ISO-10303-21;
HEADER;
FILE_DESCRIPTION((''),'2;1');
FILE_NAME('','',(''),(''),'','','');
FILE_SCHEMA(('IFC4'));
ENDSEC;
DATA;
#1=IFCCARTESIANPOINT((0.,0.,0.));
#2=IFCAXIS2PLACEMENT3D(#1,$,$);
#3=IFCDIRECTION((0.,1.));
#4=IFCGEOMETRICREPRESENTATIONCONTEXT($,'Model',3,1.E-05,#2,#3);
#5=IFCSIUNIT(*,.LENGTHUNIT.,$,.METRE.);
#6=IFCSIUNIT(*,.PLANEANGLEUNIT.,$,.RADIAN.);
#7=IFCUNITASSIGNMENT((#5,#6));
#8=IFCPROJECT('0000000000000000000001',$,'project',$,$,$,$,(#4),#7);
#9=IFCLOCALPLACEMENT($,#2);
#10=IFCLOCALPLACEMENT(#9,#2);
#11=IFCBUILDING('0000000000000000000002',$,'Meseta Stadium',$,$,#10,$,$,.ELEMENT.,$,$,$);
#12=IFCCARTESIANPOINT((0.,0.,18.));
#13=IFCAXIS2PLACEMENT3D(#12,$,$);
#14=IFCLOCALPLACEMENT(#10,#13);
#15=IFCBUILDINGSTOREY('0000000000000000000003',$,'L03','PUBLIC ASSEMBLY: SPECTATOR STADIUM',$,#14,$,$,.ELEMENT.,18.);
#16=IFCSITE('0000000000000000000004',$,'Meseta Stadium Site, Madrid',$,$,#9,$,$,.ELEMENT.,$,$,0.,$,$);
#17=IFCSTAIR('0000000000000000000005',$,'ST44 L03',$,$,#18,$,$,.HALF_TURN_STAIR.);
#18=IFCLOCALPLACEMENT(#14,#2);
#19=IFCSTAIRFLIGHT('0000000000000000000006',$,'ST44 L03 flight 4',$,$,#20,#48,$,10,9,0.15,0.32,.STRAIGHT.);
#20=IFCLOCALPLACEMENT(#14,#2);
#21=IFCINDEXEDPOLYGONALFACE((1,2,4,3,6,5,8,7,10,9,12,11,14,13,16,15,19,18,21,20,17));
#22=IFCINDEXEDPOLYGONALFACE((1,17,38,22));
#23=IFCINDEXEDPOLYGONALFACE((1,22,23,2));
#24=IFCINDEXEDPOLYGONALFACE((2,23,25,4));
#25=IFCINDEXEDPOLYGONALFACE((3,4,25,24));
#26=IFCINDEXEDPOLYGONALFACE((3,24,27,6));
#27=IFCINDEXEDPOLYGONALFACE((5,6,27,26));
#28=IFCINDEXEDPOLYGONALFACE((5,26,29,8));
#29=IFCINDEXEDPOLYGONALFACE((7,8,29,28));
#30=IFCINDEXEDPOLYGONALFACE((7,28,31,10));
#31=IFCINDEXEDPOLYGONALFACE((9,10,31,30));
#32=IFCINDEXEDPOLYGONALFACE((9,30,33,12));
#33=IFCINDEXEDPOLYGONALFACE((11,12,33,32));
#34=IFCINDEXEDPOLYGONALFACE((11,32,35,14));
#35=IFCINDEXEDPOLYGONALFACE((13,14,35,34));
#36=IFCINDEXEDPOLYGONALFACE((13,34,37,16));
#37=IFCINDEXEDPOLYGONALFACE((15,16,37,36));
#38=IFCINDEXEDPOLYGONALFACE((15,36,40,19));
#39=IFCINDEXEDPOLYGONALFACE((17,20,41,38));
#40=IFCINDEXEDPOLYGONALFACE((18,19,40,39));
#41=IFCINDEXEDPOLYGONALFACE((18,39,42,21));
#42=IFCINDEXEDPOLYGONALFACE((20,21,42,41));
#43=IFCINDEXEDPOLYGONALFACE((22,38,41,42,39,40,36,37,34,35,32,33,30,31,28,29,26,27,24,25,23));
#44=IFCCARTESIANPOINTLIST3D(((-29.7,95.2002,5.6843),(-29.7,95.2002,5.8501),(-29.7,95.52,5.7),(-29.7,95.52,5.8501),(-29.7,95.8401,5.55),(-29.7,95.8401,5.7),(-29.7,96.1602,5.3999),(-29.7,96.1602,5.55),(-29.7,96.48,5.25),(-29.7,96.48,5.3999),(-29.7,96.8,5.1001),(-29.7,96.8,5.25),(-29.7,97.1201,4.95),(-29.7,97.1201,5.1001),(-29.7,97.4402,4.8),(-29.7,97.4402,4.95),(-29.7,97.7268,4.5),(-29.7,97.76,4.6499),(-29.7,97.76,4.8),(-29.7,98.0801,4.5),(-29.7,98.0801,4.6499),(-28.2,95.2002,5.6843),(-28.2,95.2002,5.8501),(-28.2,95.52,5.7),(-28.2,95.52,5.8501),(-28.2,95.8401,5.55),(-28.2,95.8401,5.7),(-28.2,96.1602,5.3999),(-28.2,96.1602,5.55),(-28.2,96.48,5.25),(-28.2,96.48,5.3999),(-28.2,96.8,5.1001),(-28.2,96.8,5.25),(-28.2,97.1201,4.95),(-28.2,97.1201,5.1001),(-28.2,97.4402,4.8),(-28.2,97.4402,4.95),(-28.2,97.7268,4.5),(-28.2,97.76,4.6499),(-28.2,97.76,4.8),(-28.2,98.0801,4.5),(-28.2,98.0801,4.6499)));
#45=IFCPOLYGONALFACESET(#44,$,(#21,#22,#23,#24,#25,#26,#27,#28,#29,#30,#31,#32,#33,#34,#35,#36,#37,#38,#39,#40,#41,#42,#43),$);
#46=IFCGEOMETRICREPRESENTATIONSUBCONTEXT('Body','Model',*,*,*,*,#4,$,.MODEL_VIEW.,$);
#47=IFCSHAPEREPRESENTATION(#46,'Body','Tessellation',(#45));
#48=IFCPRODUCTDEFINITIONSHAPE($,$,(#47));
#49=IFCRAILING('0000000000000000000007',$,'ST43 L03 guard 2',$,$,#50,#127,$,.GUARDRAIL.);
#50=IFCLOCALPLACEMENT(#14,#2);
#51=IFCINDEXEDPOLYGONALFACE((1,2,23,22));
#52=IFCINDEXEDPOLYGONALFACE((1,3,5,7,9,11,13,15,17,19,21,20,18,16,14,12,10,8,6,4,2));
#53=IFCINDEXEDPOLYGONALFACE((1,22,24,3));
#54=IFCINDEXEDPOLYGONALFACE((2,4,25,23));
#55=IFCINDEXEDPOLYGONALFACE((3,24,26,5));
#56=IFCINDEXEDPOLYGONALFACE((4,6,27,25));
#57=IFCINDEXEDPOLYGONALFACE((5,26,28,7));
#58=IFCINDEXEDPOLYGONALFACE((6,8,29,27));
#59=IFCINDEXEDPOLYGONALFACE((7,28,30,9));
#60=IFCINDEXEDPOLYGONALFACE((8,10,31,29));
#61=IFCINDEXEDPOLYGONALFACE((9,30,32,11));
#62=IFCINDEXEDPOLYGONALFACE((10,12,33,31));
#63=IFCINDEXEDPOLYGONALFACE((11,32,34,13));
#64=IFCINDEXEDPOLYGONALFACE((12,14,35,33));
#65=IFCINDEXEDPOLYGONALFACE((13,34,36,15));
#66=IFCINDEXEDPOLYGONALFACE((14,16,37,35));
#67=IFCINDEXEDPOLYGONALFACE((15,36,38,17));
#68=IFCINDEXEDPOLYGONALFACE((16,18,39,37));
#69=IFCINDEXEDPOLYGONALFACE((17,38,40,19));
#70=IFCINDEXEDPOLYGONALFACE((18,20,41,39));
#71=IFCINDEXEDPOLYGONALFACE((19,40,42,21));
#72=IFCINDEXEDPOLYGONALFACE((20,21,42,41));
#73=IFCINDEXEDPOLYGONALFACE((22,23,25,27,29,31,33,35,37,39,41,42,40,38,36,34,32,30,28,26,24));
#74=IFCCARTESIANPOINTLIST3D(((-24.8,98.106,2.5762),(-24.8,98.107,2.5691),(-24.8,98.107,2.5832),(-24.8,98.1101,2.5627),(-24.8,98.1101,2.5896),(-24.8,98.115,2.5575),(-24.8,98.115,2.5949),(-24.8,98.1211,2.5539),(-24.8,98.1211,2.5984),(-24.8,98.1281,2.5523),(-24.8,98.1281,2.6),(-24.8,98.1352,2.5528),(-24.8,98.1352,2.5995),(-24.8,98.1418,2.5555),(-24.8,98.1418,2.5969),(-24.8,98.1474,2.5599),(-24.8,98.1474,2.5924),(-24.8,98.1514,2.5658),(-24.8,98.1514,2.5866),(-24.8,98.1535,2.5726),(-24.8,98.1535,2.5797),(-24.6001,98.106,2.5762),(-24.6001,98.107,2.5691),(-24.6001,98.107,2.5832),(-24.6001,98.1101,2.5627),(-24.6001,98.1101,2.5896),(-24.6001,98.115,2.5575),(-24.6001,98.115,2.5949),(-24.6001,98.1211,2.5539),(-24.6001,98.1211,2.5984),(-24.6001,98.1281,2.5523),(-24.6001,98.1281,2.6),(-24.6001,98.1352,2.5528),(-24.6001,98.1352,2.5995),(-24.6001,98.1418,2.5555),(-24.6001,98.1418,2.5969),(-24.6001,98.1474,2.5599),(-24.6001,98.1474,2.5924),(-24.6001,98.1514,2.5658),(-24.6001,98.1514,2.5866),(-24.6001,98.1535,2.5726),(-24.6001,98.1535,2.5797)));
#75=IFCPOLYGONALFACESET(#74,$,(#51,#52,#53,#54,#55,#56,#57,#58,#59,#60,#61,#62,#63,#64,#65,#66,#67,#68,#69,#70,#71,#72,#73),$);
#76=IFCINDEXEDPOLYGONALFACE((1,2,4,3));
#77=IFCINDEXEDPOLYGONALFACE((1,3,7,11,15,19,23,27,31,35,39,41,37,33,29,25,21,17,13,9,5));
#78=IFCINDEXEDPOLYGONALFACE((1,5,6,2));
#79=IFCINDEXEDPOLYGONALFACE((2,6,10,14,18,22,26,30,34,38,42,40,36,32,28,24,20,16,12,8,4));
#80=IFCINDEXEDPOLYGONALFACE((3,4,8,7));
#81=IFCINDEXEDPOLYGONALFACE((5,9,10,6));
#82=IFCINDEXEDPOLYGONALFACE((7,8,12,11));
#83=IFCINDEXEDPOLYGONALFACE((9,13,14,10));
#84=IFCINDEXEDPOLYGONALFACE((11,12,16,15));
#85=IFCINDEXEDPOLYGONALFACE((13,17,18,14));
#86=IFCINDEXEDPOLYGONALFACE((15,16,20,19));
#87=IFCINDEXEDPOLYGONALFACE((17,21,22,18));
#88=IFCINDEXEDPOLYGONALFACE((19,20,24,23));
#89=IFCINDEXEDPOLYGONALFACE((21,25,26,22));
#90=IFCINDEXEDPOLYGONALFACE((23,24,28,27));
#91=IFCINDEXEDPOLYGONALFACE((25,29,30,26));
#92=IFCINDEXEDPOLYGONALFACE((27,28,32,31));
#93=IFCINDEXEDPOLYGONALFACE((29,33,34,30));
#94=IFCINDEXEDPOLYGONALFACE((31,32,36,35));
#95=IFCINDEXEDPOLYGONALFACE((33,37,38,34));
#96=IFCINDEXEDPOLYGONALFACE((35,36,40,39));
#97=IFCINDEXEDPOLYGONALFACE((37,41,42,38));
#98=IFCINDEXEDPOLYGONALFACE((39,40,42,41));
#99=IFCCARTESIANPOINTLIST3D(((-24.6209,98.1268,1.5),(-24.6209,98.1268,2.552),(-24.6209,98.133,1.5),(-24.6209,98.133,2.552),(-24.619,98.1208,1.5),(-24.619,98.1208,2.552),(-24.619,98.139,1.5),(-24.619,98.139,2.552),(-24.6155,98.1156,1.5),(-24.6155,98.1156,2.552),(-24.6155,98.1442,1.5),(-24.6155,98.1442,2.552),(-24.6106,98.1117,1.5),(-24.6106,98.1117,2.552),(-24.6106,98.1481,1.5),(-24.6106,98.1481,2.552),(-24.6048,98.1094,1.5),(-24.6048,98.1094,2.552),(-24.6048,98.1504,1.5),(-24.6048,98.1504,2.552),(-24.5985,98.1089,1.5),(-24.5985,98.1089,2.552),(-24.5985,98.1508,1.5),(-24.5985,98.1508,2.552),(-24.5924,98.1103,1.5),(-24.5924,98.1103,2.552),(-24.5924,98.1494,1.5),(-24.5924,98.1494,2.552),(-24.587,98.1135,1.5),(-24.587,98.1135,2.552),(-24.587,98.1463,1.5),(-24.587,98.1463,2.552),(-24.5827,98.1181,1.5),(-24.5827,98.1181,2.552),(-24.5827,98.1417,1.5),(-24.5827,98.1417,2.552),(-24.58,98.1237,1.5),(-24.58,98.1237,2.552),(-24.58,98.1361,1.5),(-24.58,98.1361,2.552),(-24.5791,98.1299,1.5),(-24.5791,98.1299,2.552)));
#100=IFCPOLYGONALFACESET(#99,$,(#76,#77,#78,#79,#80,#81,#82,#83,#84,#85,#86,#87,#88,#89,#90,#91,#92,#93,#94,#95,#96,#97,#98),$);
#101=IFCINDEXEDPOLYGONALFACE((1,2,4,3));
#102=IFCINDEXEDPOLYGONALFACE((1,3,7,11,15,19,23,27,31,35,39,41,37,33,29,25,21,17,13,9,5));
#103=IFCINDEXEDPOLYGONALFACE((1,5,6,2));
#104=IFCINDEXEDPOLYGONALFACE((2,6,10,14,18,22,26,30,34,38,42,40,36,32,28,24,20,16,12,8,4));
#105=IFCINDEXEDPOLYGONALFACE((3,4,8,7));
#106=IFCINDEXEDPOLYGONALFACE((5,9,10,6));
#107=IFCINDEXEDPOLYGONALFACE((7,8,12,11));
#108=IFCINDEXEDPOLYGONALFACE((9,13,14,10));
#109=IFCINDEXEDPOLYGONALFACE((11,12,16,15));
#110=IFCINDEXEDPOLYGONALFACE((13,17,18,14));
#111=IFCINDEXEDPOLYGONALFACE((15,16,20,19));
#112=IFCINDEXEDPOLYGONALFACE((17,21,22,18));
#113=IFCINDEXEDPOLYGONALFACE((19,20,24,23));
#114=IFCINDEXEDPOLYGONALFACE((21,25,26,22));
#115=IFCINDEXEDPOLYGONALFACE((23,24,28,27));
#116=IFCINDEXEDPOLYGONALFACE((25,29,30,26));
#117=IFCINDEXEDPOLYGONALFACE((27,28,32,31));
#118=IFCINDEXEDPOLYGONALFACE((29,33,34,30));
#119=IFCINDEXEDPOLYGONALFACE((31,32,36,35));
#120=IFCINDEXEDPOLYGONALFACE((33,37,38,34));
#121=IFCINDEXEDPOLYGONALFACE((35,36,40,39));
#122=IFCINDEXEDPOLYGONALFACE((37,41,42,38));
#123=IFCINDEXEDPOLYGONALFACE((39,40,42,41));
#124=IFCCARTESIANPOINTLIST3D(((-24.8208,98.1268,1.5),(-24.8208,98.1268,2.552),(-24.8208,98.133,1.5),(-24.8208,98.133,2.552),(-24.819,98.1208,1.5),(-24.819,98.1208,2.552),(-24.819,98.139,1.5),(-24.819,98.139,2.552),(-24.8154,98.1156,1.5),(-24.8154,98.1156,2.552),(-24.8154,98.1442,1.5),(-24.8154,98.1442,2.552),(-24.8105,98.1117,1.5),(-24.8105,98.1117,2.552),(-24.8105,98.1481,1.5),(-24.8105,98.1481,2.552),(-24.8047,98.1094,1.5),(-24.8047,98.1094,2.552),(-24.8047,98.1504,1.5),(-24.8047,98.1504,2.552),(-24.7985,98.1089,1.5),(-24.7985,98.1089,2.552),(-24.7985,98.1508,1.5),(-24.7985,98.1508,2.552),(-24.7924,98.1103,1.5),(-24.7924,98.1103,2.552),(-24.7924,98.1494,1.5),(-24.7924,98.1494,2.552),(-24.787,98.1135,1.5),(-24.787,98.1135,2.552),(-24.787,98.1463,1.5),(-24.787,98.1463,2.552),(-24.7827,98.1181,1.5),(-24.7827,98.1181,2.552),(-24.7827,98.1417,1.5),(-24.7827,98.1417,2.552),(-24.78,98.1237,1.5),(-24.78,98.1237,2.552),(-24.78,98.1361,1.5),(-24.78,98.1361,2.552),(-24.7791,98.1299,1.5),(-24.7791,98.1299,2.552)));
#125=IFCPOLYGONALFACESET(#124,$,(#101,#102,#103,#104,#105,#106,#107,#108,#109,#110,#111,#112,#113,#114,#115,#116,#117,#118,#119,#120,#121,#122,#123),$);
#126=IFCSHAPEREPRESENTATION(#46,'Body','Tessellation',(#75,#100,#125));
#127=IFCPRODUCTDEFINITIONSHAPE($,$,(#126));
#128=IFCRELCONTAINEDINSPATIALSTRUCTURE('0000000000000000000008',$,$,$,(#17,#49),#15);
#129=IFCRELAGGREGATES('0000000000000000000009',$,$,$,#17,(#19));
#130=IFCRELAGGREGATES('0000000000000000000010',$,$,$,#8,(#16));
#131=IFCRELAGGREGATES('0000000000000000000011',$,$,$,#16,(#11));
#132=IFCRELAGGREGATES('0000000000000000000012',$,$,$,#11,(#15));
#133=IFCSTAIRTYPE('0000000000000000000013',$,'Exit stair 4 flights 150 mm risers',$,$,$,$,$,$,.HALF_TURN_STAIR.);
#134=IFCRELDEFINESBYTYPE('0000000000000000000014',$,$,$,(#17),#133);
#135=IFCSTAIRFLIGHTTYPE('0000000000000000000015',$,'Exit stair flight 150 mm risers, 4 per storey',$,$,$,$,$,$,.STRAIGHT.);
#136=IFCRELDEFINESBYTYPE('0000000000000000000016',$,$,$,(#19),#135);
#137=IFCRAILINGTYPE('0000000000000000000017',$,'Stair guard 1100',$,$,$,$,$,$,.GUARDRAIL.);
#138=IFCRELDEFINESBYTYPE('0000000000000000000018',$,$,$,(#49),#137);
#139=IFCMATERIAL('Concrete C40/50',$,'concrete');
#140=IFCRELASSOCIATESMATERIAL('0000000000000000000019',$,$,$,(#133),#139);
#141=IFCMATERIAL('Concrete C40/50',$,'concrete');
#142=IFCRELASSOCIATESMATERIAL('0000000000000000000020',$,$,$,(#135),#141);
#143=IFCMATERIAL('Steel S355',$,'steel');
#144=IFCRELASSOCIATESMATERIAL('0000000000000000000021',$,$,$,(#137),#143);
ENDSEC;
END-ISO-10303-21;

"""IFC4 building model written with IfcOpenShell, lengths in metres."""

from ifc_helpers import new_model, si_unit, direction, frame, origin, origin_2d, place, context, subcontext, project, spatial, polyline, circle, outline, extrude, material, type_object, element, aggregate, save


model = new_model("IFC4")

# Units and contexts
model_context = context("Model", 3, precision=1e-05, world=origin(), true_north=direction((0.0, 1.0)))
body_context = subcontext(model_context, "Body", "Model", "MODEL_VIEW")
ifc_project = project(units=[si_unit("LENGTHUNIT", "METRE"), si_unit("PLANEANGLEUNIT", "RADIAN")], contexts=[model_context])

# Site, building, storey
site_placement = place(None, origin())
site = spatial("IfcSite", under=ifc_project, at=site_placement, Name="Meseta Stadium Site, Madrid", CompositionType="ELEMENT", RefElevation=0.0)
building_placement = place(site_placement, origin())
building = spatial("IfcBuilding", under=site, at=building_placement, Name="Meseta Stadium", CompositionType="ELEMENT")
storey_placement = place(building_placement, frame((0.0, 0.0, 18.0)))
storey = spatial("IfcBuildingStorey", under=building, at=storey_placement, Name="L03", Description="PUBLIC ASSEMBLY: SPECTATOR STADIUM", CompositionType="ELEMENT", Elevation=18.0)

# Stair, stair flight
ifc_material_1 = material(Name="Concrete C40/50", Category="concrete")
stair_type = type_object("IfcStairType", Name="Exit stair 4 flights 150 mm risers", PredefinedType="HALF_TURN_STAIR", material=ifc_material_1)
ifc_material_2 = material(Name="Concrete C40/50", Category="concrete")
stair_flight_type = type_object("IfcStairFlightType", Name="Exit stair flight 150 mm risers, 4 per storey", PredefinedType="STRAIGHT", material=ifc_material_2)
stair_1_placement = place(storey_placement, origin())
stair_1 = element("IfcStair", 1, at=stair_1_placement, inside=storey, type_object=stair_type, Name="ST44 L03", PredefinedType="HALF_TURN_STAIR")
stair_flight_1_placement = place(storey_placement, frame((-28.95, 98.0801, 4.5), z_axis=(0.0, 0.0, 1.0), x_axis=(0.0, -1.0, 0.0)))
stair_flight_1 = element("IfcStairFlight", 2, at=stair_flight_1_placement, type_object=stair_flight_type, Name="ST44 L03 flight 4", NumberOfRisers=10, NumberOfTreads=9, PredefinedType="STRAIGHT", RiserHeight=0.15, TreadLength=0.32, context=body_context, shape_type="SweptSolid", body=[
    extrude(outline(polyline([(0.0, 0.0), (0.0, 0.1499), (0.3201, 0.1499), (0.3201, 0.3), (0.6399, 0.3), (0.6399, 0.45), (0.96, 0.45), (0.96, 0.6001), (1.28, 0.6001), (1.28, 0.75), (1.6001, 0.75), (1.6001, 0.8999), (1.9199, 0.8999), (1.9199, 1.05), (2.24, 1.05), (2.24, 1.2), (2.5601, 1.2), (2.5601, 1.3501), (2.8799, 1.3501), (2.8799, 1.1843), (0.3533, 0.0), (0.0, 0.0)])), frame((0.0, 0.75, 0.0), z_axis=(0.0, -1.0, 0.0), x_axis=(1.0, 0.0, 0.0)), (0.0, 0.0, 1.0), 1.5),
])
aggregate(stair_1, [stair_flight_1])

# Railing
ifc_material_3 = material(Name="Steel S355", Category="steel")
railing_type_1 = type_object("IfcRailingType", Name="Stair guard 1100", PredefinedType="GUARDRAIL", material=ifc_material_3)
railing_1_placement = place(storey_placement, frame((-24.6001, 98.1299, 1.5)))
element("IfcRailing", 3, at=railing_1_placement, inside=storey, type_object=railing_type_1, Name="ST43 L03 guard 2", PredefinedType="GUARDRAIL", context=body_context, shape_type="SweptSolid", body=[
    extrude(circle(Radius=0.0239, at=origin_2d()), frame((0.0, 0.0, 1.0762), z_axis=(-1.0, 0.0, 0.0), x_axis=(0.0, -1.0, 0.0)), (0.0, 0.0, 1.0), 0.2),
    extrude(circle(Radius=0.021, at=origin_2d()), origin(), (0.0, 0.0, 1.0), 1.052),
    extrude(circle(Radius=0.021, at=origin_2d()), frame((-0.2, 0.0, 0.0)), (0.0, 0.0, 1.0), 1.052),
])

save(model, "model.ifc")
